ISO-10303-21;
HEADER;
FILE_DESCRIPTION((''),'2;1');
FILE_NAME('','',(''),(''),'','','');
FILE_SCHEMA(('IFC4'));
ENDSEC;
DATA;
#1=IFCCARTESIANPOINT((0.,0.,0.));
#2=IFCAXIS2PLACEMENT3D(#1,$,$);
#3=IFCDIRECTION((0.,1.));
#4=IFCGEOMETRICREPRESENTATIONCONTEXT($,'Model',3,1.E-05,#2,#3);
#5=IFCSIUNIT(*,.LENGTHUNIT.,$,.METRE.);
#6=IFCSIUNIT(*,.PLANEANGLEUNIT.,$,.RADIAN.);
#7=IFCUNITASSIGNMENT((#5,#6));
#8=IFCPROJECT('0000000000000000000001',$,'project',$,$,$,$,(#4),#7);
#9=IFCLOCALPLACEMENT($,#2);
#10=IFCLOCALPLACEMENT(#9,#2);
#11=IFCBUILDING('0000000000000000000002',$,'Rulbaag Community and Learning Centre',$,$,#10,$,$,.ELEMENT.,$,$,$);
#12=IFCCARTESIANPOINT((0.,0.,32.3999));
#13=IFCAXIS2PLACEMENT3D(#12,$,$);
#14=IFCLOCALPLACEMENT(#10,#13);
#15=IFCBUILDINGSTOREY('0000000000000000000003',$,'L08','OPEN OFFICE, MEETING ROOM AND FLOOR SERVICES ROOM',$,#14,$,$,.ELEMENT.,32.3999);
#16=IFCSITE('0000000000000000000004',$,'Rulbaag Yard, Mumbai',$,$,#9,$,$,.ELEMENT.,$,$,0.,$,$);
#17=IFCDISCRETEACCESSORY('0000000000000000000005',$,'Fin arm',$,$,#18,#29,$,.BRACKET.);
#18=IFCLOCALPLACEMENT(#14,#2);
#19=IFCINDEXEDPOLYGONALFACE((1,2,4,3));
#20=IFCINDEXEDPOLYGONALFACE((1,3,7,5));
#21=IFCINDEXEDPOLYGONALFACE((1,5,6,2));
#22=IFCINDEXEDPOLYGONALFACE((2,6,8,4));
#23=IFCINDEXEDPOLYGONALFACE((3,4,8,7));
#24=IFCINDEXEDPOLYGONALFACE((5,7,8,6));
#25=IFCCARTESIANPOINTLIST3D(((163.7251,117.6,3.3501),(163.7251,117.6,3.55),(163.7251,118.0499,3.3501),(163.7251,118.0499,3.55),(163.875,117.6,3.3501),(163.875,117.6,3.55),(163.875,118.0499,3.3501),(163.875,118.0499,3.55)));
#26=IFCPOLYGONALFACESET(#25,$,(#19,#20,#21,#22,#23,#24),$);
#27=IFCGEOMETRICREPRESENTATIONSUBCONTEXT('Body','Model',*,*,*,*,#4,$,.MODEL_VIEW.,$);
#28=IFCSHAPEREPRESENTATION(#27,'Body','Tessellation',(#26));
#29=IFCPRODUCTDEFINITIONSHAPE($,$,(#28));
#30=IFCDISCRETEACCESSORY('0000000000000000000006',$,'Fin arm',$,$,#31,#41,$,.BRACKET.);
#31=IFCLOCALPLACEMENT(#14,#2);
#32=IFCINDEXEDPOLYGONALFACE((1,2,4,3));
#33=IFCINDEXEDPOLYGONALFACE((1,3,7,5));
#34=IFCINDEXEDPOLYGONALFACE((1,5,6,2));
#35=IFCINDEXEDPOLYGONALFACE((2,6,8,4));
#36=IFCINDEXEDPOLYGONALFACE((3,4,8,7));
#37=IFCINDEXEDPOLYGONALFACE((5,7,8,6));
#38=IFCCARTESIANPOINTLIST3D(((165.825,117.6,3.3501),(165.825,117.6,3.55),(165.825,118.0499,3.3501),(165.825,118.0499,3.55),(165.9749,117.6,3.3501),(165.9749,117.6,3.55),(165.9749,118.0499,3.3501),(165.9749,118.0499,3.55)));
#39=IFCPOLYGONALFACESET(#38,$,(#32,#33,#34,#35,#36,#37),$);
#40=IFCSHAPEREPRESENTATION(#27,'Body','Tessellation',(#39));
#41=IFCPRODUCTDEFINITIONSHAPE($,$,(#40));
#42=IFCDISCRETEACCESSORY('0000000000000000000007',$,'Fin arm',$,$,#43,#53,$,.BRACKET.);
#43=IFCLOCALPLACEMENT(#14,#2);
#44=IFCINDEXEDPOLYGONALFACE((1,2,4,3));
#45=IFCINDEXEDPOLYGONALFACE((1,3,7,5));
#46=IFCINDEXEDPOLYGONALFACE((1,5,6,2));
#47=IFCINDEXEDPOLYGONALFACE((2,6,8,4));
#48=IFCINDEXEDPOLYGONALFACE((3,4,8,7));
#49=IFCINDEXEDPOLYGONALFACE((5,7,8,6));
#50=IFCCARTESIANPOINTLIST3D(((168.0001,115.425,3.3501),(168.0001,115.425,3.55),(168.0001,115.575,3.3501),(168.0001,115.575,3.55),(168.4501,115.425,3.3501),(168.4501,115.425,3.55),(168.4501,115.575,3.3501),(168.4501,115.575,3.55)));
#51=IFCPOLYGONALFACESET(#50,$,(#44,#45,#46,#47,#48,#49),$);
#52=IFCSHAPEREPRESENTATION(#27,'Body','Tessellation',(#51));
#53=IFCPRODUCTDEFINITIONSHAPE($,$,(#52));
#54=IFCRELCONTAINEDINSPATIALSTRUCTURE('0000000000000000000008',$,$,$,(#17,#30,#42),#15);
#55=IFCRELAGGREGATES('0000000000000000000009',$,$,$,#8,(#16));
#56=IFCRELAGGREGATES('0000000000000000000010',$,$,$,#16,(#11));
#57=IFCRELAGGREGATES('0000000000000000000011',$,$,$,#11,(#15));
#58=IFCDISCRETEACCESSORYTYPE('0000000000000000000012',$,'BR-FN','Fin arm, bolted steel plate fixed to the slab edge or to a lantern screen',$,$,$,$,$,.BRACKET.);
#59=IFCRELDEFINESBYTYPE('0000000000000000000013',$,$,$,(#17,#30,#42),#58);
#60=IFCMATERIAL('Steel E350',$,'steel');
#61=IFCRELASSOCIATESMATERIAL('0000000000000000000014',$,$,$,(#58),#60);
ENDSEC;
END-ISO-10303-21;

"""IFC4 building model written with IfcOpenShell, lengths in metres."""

from ifc_helpers import new_model, si_unit, direction, frame, origin, origin_2d, place, context, subcontext, project, spatial, rectangle, extrude, material, type_object, element, save


model = new_model("IFC4")

# Units and contexts
model_context = context("Model", 3, precision=1e-05, world=origin(), true_north=direction((0.0, 1.0)))
body_context = subcontext(model_context, "Body", "Model", "MODEL_VIEW")
ifc_project = project(units=[si_unit("LENGTHUNIT", "METRE"), si_unit("PLANEANGLEUNIT", "RADIAN")], contexts=[model_context])

# Site, building, storey
site_placement = place(None, origin())
site = spatial("IfcSite", under=ifc_project, at=site_placement, Name="Rulbaag Yard, Mumbai", CompositionType="ELEMENT", RefElevation=0.0)
building_placement = place(site_placement, origin())
building = spatial("IfcBuilding", under=site, at=building_placement, Name="Rulbaag Community and Learning Centre", CompositionType="ELEMENT")
storey_placement = place(building_placement, frame((0.0, 0.0, 32.3999)))
storey = spatial("IfcBuildingStorey", under=building, at=storey_placement, Name="L08", Description="OPEN OFFICE, MEETING ROOM AND FLOOR SERVICES ROOM", CompositionType="ELEMENT", Elevation=32.3999)

# Discrete accessories
ifc_material_1 = material(Name="Steel E350", Category="steel")
discrete_accessory_type = type_object("IfcDiscreteAccessoryType", Name="BR-FN", Description="Fin arm, bolted steel plate fixed to the slab edge or to a lantern screen", PredefinedType="BRACKET", material=ifc_material_1)
for number, where, z_axis, x_axis, name in (
    (1, (163.8, 117.825, 3.3501), (0.0, 0.0, 1.0), (1.0, 0.0, 0.0), "Fin arm"),
    (2, (165.8999, 117.825, 3.3501), (0.0, 0.0, 1.0), (1.0, 0.0, 0.0), "Fin arm"),
):
    element("IfcDiscreteAccessory", number, at=place(storey_placement, frame(where, z_axis=z_axis, x_axis=x_axis)), inside=storey, type_object=discrete_accessory_type, Name=name, PredefinedType="BRACKET", context=body_context, shape_type="SweptSolid", body=[
        extrude(rectangle(XDim=0.1499, YDim=0.45, at=origin_2d()), origin(), (0.0, 0.0, 1.0), 0.2),
    ])
discrete_accessory_placement = place(storey_placement, frame((168.2251, 115.5, 3.3501), z_axis=(0.0, 0.0, 1.0), x_axis=(1.0, 0.0, 0.0)))
element("IfcDiscreteAccessory", 3, at=discrete_accessory_placement, inside=storey, type_object=discrete_accessory_type, Name="Fin arm", PredefinedType="BRACKET", context=body_context, shape_type="SweptSolid", body=[
    extrude(rectangle(XDim=0.45, YDim=0.1499, at=origin_2d()), origin(), (0.0, 0.0, 1.0), 0.2),
])

save(model, "model.ifc")
